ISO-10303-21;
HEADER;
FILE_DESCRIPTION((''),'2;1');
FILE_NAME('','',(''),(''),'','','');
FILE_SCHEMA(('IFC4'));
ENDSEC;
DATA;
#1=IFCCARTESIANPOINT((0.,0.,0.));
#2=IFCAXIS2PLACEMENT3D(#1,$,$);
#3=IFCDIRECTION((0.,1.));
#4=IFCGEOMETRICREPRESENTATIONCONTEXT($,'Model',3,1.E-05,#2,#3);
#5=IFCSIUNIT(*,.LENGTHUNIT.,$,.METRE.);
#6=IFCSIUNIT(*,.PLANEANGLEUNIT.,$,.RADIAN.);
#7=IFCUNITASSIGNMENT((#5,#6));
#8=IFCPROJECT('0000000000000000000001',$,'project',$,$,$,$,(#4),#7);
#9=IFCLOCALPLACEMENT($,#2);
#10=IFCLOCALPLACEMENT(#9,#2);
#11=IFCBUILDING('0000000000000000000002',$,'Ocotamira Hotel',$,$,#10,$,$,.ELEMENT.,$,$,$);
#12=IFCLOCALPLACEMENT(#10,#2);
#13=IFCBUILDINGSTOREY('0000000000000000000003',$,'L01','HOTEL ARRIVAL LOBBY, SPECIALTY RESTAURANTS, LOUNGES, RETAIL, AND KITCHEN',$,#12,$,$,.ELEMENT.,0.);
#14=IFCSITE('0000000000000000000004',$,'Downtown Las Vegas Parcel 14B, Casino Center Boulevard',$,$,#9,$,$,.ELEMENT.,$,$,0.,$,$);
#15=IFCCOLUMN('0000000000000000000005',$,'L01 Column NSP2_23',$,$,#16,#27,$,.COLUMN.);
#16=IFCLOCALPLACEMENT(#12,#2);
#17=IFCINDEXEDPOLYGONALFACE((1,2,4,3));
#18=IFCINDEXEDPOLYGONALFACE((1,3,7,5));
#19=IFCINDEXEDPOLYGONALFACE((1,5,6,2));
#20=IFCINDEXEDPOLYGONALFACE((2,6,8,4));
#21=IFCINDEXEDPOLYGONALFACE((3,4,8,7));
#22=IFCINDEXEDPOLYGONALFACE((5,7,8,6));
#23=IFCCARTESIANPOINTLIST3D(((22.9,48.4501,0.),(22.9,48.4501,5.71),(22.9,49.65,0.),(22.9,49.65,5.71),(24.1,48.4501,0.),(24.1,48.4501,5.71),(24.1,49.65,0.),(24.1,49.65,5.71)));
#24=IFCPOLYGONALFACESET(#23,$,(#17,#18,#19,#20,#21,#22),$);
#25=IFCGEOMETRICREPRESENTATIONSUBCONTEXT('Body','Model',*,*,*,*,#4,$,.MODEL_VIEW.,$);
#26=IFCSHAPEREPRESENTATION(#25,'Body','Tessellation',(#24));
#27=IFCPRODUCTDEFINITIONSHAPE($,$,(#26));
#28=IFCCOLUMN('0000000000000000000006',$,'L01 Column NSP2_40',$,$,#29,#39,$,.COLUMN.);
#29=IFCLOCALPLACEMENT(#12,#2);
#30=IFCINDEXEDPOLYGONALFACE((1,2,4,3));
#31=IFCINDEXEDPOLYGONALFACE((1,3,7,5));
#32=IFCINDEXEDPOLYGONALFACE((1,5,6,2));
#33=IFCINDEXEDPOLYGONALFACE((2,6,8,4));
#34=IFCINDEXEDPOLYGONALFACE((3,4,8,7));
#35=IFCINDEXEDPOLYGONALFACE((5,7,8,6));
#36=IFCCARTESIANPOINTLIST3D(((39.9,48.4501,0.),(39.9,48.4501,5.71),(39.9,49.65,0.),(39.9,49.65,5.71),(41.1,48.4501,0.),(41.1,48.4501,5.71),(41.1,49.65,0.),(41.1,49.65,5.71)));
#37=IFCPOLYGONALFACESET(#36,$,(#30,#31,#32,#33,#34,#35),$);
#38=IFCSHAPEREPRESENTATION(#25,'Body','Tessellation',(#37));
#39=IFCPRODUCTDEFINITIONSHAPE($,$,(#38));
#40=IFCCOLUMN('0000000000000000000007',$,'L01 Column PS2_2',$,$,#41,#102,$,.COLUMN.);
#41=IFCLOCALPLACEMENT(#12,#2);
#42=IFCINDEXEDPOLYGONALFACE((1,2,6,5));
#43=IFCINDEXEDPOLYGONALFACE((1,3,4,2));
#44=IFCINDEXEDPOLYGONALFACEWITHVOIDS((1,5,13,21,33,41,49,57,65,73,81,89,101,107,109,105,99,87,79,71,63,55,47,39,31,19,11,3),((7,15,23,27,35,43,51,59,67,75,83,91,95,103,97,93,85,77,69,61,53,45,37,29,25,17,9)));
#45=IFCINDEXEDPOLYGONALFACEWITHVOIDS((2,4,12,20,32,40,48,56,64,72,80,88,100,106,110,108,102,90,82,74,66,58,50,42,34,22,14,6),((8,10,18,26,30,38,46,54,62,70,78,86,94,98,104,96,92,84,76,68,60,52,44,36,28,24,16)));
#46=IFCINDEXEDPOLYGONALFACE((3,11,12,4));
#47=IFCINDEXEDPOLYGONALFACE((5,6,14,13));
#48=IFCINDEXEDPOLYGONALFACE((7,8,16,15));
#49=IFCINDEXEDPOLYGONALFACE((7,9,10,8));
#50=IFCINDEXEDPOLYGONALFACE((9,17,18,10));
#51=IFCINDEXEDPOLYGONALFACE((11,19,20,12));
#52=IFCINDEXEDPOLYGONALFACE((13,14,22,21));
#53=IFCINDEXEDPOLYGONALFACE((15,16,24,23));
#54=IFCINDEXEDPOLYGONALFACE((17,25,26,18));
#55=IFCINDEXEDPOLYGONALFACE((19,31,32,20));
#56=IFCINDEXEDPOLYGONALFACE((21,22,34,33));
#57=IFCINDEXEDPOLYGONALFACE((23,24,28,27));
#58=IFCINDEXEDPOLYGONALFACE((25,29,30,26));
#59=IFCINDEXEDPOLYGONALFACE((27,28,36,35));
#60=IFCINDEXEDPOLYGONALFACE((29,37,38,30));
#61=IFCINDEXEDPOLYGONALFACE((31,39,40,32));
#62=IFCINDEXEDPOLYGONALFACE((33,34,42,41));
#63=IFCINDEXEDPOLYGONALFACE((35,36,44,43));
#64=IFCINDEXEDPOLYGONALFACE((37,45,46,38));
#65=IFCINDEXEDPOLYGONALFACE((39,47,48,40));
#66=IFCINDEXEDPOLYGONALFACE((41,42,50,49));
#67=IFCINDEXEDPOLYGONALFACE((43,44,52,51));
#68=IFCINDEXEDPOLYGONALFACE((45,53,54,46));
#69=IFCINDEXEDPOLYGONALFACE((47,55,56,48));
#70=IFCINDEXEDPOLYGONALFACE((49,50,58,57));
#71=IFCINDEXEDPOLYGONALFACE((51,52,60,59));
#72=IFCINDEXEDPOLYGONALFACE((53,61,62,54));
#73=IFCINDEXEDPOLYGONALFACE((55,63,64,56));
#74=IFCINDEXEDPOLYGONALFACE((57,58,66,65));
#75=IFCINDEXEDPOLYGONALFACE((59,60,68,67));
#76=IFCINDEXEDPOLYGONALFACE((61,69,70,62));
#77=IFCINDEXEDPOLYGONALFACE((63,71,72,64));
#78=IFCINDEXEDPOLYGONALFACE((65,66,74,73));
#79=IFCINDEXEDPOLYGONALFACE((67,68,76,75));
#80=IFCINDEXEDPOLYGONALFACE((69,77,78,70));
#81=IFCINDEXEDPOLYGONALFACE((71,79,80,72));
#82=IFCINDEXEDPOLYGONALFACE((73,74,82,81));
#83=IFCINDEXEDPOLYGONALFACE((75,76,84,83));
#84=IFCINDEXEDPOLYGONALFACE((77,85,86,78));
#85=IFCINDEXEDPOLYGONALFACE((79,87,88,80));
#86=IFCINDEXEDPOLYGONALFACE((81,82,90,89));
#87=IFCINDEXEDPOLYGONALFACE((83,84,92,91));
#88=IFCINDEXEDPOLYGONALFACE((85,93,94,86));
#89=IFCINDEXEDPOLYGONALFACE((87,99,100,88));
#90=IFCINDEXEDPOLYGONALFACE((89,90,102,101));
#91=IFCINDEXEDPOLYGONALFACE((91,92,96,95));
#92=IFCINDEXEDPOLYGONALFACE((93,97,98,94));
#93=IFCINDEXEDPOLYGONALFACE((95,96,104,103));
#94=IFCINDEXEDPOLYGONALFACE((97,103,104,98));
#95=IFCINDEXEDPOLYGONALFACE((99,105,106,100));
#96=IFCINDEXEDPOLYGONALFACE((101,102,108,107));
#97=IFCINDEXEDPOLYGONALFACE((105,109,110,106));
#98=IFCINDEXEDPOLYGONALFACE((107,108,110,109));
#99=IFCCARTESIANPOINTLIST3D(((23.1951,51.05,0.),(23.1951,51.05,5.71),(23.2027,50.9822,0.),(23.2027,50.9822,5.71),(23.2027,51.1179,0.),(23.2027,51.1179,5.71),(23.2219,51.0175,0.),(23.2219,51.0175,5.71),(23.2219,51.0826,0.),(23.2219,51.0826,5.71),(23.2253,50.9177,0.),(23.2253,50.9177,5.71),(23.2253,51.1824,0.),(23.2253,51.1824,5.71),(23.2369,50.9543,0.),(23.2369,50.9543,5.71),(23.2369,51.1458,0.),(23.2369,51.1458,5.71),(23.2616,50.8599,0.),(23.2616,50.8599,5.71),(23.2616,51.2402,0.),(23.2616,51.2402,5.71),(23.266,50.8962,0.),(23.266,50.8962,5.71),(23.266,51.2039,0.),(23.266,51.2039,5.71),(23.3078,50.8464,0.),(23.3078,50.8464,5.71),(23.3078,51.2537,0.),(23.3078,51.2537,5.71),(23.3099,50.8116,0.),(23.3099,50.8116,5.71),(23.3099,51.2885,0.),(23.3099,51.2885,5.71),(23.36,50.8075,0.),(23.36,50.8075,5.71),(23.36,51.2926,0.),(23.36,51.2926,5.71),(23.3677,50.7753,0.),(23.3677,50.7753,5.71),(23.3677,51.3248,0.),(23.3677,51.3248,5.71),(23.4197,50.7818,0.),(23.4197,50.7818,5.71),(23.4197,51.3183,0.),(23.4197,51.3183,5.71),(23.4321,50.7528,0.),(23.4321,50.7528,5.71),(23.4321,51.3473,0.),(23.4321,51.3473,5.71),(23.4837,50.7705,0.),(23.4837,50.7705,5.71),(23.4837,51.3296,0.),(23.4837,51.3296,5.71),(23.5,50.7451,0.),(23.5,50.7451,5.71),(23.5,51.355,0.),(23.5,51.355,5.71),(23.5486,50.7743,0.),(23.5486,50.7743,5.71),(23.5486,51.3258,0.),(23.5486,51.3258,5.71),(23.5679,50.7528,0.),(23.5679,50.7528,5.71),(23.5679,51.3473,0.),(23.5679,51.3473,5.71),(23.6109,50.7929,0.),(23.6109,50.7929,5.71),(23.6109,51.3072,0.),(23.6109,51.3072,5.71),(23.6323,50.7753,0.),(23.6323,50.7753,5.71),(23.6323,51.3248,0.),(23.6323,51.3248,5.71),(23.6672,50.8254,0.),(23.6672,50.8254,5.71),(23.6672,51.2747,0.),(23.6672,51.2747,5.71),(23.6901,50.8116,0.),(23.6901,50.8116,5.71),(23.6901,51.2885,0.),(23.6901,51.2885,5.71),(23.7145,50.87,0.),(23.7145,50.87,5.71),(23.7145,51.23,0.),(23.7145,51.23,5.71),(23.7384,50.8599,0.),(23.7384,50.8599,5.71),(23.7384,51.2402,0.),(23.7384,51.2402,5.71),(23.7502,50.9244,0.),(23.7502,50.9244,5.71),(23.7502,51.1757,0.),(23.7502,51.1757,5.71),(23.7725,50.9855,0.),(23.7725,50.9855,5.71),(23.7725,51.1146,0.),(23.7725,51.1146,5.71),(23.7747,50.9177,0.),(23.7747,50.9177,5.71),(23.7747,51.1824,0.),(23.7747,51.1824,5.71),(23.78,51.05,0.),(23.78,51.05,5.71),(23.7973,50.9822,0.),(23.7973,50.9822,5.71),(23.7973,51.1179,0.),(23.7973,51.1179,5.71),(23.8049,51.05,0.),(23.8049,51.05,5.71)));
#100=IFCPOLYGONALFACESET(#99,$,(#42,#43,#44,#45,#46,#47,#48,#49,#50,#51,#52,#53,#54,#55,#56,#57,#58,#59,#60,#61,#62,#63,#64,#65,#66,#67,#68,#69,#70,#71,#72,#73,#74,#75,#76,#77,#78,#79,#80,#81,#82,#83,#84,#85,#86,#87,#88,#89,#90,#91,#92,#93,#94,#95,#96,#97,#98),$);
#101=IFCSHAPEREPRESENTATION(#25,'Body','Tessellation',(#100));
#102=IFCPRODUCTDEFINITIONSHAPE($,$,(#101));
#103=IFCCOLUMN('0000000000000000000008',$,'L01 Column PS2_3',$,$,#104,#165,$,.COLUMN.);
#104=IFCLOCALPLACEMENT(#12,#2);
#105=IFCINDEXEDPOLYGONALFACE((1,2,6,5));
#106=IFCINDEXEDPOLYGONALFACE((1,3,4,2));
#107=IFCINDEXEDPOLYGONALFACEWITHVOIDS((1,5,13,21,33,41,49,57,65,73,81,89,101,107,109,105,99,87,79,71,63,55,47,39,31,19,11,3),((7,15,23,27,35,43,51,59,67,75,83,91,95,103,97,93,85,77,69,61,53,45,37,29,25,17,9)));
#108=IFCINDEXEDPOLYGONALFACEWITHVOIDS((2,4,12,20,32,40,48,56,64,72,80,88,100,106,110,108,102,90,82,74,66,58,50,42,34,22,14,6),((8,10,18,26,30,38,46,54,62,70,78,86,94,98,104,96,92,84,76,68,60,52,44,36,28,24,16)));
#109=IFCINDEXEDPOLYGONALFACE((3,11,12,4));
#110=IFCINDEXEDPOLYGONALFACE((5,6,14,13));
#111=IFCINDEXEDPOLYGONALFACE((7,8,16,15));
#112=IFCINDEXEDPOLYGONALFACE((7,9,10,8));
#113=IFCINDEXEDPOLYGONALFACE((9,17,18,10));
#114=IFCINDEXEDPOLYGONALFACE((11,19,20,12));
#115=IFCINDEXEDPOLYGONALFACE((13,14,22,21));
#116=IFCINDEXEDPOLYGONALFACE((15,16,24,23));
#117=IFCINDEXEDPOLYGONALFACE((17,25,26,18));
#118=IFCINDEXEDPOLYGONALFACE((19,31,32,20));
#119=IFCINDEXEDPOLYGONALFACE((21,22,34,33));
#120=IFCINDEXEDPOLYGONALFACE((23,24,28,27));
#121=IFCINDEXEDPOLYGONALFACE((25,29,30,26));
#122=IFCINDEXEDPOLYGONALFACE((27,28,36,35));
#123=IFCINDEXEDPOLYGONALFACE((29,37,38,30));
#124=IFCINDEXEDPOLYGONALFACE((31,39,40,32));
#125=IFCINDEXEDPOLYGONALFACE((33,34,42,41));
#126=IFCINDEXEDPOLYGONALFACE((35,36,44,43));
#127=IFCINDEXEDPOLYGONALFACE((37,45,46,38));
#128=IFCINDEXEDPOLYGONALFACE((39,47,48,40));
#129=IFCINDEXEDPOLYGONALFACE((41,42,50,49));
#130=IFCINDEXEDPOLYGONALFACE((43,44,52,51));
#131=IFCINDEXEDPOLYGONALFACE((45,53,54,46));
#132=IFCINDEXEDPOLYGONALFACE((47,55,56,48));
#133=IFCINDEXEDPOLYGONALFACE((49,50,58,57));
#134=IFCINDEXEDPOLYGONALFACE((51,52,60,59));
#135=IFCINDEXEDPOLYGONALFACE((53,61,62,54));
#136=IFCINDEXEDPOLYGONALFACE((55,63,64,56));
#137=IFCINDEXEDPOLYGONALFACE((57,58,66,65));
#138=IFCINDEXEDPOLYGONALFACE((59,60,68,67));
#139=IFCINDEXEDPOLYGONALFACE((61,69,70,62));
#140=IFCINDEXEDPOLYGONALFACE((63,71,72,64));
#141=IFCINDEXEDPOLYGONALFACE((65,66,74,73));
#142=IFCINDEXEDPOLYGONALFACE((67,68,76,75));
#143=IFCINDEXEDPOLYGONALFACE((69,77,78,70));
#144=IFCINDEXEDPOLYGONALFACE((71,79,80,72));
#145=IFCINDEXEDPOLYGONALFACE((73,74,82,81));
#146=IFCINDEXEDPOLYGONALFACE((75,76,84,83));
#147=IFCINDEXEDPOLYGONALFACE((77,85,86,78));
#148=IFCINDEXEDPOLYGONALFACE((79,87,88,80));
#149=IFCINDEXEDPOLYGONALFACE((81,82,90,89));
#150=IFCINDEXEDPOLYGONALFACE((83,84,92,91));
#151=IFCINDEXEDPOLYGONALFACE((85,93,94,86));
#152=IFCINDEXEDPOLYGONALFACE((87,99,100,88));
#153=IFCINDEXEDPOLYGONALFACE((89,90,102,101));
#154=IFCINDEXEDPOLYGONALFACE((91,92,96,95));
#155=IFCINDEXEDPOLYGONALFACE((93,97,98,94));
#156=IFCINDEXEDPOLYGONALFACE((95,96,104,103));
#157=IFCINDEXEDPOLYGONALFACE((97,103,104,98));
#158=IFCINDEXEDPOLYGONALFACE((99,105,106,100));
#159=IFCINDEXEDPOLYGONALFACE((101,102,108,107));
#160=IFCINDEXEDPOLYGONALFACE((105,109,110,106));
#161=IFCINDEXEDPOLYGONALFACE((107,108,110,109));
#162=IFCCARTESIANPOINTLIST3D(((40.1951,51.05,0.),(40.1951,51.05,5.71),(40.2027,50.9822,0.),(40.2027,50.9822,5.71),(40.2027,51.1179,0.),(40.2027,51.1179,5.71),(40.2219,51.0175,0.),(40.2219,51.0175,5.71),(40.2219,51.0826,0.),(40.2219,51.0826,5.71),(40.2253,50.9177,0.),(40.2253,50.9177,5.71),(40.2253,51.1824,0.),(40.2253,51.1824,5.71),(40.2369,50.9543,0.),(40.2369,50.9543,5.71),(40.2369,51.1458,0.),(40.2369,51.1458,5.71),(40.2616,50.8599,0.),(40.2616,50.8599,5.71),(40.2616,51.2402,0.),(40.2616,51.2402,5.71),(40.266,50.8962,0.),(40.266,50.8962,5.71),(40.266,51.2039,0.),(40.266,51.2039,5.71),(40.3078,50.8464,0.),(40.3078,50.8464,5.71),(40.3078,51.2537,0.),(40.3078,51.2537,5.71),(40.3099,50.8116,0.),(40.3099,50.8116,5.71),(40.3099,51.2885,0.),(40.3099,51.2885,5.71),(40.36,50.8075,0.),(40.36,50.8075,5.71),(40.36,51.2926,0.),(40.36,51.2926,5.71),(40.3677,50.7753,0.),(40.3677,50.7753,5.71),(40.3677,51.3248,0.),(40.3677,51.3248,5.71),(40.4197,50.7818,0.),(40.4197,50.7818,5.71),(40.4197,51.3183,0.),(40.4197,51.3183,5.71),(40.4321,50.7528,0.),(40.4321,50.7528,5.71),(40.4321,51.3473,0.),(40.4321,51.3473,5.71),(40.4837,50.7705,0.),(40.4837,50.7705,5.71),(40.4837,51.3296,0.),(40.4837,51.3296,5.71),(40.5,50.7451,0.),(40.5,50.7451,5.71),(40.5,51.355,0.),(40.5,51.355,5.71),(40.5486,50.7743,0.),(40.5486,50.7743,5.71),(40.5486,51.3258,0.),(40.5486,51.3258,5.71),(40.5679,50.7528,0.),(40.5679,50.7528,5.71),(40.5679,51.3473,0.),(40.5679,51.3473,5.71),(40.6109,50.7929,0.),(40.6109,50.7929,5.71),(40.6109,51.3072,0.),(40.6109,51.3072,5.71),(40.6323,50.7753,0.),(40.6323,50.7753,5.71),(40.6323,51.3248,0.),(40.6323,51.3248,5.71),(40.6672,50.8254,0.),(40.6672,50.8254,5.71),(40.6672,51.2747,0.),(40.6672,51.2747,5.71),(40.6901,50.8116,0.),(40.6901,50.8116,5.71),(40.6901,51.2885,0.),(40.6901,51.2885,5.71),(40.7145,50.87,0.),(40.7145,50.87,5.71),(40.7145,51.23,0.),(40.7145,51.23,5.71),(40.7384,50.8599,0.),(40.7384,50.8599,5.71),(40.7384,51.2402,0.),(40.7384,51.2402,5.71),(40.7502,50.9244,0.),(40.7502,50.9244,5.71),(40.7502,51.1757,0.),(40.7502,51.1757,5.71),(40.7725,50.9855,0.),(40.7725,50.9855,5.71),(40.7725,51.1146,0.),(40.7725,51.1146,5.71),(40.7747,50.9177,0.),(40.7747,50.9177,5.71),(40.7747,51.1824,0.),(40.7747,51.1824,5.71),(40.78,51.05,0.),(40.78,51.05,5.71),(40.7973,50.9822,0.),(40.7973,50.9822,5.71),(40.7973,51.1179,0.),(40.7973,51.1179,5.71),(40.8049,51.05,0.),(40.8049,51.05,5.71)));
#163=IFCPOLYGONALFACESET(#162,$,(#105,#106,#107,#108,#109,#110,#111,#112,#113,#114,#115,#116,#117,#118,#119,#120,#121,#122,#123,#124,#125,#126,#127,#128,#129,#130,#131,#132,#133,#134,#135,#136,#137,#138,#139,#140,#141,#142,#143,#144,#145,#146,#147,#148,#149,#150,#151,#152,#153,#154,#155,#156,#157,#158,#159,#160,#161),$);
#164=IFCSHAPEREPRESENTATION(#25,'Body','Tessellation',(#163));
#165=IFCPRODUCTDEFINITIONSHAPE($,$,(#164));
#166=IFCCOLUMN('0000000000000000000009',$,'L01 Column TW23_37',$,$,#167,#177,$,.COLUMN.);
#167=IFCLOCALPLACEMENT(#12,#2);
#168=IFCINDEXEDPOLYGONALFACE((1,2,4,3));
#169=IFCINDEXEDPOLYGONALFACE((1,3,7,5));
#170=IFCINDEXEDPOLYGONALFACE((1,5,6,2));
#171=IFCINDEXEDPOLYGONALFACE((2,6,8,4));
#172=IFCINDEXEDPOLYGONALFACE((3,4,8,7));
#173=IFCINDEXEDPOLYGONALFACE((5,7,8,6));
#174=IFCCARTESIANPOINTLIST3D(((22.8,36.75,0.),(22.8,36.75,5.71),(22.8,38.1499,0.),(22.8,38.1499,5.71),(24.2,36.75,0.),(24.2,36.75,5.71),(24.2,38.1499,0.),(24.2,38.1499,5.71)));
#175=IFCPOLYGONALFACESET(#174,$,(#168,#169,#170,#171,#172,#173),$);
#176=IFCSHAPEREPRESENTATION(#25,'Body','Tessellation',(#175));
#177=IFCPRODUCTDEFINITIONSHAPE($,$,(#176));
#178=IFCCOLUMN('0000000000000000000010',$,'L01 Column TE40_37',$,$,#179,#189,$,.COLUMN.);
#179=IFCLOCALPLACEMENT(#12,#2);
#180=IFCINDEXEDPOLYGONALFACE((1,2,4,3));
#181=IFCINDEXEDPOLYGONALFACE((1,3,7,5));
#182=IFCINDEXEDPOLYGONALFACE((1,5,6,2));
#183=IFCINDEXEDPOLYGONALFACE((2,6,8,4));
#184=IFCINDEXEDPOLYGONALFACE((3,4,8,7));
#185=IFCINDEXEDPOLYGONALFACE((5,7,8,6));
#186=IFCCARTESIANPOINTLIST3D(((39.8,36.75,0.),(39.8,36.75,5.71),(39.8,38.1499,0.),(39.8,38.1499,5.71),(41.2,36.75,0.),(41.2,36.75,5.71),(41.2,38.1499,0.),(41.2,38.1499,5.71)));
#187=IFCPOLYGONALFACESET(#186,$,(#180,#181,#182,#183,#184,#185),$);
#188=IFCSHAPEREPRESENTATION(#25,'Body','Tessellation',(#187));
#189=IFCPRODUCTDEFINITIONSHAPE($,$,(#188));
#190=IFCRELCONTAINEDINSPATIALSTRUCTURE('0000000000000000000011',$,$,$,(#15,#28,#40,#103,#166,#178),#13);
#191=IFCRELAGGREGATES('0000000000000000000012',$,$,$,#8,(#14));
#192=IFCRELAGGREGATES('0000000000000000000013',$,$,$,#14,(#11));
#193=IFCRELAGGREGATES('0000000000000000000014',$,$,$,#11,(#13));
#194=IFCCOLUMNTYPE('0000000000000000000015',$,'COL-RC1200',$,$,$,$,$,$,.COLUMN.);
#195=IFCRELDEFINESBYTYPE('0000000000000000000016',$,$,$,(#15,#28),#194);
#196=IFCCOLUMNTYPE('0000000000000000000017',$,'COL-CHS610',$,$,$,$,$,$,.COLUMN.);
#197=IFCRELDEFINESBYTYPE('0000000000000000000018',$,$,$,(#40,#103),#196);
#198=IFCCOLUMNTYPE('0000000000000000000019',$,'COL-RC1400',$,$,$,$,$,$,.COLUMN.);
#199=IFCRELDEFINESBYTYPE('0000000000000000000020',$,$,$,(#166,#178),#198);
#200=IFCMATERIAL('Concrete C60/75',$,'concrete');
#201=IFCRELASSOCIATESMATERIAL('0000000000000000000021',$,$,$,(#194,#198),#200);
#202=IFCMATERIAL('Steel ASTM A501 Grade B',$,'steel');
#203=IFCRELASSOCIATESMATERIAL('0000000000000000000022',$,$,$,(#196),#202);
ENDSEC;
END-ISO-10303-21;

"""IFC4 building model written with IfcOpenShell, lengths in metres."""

from ifc_helpers import new_model, si_unit, direction, frame, origin, origin_2d, place, context, subcontext, project, spatial, rectangle, hollow_circle, extrude, source, transform, mapped, material, material_profile, profile_set, type_object, element, save


model = new_model("IFC4")

# Units and contexts
model_context = context("Model", 3, precision=1e-05, world=origin(), true_north=direction((0.0, 1.0)))
body_context = subcontext(model_context, "Body", "Model", "MODEL_VIEW")
ifc_project = project(units=[si_unit("LENGTHUNIT", "METRE"), si_unit("PLANEANGLEUNIT", "RADIAN")], contexts=[model_context])

# Site, building, storey
site_placement = place(None, origin())
site = spatial("IfcSite", under=ifc_project, at=site_placement, Name="Downtown Las Vegas Parcel 14B, Casino Center Boulevard", CompositionType="ELEMENT", RefElevation=0.0)
building_placement = place(site_placement, origin())
building = spatial("IfcBuilding", under=site, at=building_placement, Name="Ocotamira Hotel", CompositionType="ELEMENT")
storey_placement = place(building_placement, origin())
storey = spatial("IfcBuildingStorey", under=building, at=storey_placement, Name="L01", Description="HOTEL ARRIVAL LOBBY, SPECIALTY RESTAURANTS, LOUNGES, RETAIL, AND KITCHEN", CompositionType="ELEMENT", Elevation=0.0)

# Columns
ifc_material_1 = material(Name="Concrete C60/75", Category="concrete")
ifc_material_profile_1 = material_profile(ifc_material_1, rectangle(XDim=1.2, YDim=1.2, at=origin_2d()), Name="RC1200X1200")
ifc_profile_set_1 = profile_set([ifc_material_profile_1], Name="Concrete C60/75")
column_type_1 = type_object("IfcColumnType", Name="COL-RC1200", PredefinedType="COLUMN", material=ifc_profile_set_1)
shared_shape_1 = source(origin(), body_context, "Body", "SweptSolid", [
    extrude(rectangle(XDim=1.2, YDim=1.2, at=origin_2d()), origin(), (0.0, 0.0, 1.0), 5.71),
])
for number, where, z_axis, x_axis, name in (
    (1, (23.5, 49.05, 0.0), (0.0, 0.0, 1.0), (1.0, 0.0, 0.0), "L01 Column NSP2_23"),
    (2, (40.5, 49.05, 0.0), (0.0, 0.0, 1.0), (1.0, 0.0, 0.0), "L01 Column NSP2_40"),
):
    element("IfcColumn", number, at=place(storey_placement, frame(where, z_axis=z_axis, x_axis=x_axis)), inside=storey, type_object=column_type_1, Name=name, PredefinedType="COLUMN", context=body_context, shape_type="MappedRepresentation", body=[
        mapped(shared_shape_1, transform((0.0, 0.0, 0.0), scale=1.0)),
    ])
ifc_material_2 = material(Name="Steel ASTM A501 Grade B", Category="steel")
ifc_material_profile_2 = material_profile(ifc_material_2, hollow_circle(Radius=0.3049, WallThickness=0.0249, at=origin_2d()), Name="CHS610X25")
ifc_profile_set_2 = profile_set([ifc_material_profile_2], Name="Steel ASTM A501 Grade B")
column_type_2 = type_object("IfcColumnType", Name="COL-CHS610", PredefinedType="COLUMN", material=ifc_profile_set_2)
shared_shape_2 = source(origin(), body_context, "Body", "SweptSolid", [
    extrude(hollow_circle(Radius=0.3049, WallThickness=0.0249, at=origin_2d()), origin(), (0.0, 0.0, 1.0), 5.71),
])
for number, where, z_axis, x_axis, name in (
    (3, (23.5, 51.05, 0.0), (0.0, 0.0, 1.0), (1.0, 0.0, 0.0), "L01 Column PS2_2"),
    (4, (40.5, 51.05, 0.0), (0.0, 0.0, 1.0), (1.0, 0.0, 0.0), "L01 Column PS2_3"),
):
    element("IfcColumn", number, at=place(storey_placement, frame(where, z_axis=z_axis, x_axis=x_axis)), inside=storey, type_object=column_type_2, Name=name, PredefinedType="COLUMN", context=body_context, shape_type="MappedRepresentation", body=[
        mapped(shared_shape_2, transform((0.0, 0.0, 0.0), scale=1.0)),
    ])
ifc_material_profile_3 = material_profile(ifc_material_1, rectangle(XDim=1.3999, YDim=1.3999, at=origin_2d()), Name="RC1400X1400")
ifc_profile_set_3 = profile_set([ifc_material_profile_3], Name="Concrete C60/75")
column_type_3 = type_object("IfcColumnType", Name="COL-RC1400", PredefinedType="COLUMN", material=ifc_profile_set_3)
shared_shape_3 = source(origin(), body_context, "Body", "SweptSolid", [
    extrude(rectangle(XDim=1.3999, YDim=1.3999, at=origin_2d()), origin(), (0.0, 0.0, 1.0), 5.71),
])
for number, where, z_axis, x_axis, name in (
    (5, (23.5, 37.45, 0.0), (0.0, 0.0, 1.0), (1.0, 0.0, 0.0), "L01 Column TW23_37"),
    (6, (40.5, 37.45, 0.0), (0.0, 0.0, 1.0), (1.0, 0.0, 0.0), "L01 Column TE40_37"),
):
    element("IfcColumn", number, at=place(storey_placement, frame(where, z_axis=z_axis, x_axis=x_axis)), inside=storey, type_object=column_type_3, Name=name, PredefinedType="COLUMN", context=body_context, shape_type="MappedRepresentation", body=[
        mapped(shared_shape_3, transform((0.0, 0.0, 0.0), scale=1.0)),
    ])

save(model, "model.ifc")
